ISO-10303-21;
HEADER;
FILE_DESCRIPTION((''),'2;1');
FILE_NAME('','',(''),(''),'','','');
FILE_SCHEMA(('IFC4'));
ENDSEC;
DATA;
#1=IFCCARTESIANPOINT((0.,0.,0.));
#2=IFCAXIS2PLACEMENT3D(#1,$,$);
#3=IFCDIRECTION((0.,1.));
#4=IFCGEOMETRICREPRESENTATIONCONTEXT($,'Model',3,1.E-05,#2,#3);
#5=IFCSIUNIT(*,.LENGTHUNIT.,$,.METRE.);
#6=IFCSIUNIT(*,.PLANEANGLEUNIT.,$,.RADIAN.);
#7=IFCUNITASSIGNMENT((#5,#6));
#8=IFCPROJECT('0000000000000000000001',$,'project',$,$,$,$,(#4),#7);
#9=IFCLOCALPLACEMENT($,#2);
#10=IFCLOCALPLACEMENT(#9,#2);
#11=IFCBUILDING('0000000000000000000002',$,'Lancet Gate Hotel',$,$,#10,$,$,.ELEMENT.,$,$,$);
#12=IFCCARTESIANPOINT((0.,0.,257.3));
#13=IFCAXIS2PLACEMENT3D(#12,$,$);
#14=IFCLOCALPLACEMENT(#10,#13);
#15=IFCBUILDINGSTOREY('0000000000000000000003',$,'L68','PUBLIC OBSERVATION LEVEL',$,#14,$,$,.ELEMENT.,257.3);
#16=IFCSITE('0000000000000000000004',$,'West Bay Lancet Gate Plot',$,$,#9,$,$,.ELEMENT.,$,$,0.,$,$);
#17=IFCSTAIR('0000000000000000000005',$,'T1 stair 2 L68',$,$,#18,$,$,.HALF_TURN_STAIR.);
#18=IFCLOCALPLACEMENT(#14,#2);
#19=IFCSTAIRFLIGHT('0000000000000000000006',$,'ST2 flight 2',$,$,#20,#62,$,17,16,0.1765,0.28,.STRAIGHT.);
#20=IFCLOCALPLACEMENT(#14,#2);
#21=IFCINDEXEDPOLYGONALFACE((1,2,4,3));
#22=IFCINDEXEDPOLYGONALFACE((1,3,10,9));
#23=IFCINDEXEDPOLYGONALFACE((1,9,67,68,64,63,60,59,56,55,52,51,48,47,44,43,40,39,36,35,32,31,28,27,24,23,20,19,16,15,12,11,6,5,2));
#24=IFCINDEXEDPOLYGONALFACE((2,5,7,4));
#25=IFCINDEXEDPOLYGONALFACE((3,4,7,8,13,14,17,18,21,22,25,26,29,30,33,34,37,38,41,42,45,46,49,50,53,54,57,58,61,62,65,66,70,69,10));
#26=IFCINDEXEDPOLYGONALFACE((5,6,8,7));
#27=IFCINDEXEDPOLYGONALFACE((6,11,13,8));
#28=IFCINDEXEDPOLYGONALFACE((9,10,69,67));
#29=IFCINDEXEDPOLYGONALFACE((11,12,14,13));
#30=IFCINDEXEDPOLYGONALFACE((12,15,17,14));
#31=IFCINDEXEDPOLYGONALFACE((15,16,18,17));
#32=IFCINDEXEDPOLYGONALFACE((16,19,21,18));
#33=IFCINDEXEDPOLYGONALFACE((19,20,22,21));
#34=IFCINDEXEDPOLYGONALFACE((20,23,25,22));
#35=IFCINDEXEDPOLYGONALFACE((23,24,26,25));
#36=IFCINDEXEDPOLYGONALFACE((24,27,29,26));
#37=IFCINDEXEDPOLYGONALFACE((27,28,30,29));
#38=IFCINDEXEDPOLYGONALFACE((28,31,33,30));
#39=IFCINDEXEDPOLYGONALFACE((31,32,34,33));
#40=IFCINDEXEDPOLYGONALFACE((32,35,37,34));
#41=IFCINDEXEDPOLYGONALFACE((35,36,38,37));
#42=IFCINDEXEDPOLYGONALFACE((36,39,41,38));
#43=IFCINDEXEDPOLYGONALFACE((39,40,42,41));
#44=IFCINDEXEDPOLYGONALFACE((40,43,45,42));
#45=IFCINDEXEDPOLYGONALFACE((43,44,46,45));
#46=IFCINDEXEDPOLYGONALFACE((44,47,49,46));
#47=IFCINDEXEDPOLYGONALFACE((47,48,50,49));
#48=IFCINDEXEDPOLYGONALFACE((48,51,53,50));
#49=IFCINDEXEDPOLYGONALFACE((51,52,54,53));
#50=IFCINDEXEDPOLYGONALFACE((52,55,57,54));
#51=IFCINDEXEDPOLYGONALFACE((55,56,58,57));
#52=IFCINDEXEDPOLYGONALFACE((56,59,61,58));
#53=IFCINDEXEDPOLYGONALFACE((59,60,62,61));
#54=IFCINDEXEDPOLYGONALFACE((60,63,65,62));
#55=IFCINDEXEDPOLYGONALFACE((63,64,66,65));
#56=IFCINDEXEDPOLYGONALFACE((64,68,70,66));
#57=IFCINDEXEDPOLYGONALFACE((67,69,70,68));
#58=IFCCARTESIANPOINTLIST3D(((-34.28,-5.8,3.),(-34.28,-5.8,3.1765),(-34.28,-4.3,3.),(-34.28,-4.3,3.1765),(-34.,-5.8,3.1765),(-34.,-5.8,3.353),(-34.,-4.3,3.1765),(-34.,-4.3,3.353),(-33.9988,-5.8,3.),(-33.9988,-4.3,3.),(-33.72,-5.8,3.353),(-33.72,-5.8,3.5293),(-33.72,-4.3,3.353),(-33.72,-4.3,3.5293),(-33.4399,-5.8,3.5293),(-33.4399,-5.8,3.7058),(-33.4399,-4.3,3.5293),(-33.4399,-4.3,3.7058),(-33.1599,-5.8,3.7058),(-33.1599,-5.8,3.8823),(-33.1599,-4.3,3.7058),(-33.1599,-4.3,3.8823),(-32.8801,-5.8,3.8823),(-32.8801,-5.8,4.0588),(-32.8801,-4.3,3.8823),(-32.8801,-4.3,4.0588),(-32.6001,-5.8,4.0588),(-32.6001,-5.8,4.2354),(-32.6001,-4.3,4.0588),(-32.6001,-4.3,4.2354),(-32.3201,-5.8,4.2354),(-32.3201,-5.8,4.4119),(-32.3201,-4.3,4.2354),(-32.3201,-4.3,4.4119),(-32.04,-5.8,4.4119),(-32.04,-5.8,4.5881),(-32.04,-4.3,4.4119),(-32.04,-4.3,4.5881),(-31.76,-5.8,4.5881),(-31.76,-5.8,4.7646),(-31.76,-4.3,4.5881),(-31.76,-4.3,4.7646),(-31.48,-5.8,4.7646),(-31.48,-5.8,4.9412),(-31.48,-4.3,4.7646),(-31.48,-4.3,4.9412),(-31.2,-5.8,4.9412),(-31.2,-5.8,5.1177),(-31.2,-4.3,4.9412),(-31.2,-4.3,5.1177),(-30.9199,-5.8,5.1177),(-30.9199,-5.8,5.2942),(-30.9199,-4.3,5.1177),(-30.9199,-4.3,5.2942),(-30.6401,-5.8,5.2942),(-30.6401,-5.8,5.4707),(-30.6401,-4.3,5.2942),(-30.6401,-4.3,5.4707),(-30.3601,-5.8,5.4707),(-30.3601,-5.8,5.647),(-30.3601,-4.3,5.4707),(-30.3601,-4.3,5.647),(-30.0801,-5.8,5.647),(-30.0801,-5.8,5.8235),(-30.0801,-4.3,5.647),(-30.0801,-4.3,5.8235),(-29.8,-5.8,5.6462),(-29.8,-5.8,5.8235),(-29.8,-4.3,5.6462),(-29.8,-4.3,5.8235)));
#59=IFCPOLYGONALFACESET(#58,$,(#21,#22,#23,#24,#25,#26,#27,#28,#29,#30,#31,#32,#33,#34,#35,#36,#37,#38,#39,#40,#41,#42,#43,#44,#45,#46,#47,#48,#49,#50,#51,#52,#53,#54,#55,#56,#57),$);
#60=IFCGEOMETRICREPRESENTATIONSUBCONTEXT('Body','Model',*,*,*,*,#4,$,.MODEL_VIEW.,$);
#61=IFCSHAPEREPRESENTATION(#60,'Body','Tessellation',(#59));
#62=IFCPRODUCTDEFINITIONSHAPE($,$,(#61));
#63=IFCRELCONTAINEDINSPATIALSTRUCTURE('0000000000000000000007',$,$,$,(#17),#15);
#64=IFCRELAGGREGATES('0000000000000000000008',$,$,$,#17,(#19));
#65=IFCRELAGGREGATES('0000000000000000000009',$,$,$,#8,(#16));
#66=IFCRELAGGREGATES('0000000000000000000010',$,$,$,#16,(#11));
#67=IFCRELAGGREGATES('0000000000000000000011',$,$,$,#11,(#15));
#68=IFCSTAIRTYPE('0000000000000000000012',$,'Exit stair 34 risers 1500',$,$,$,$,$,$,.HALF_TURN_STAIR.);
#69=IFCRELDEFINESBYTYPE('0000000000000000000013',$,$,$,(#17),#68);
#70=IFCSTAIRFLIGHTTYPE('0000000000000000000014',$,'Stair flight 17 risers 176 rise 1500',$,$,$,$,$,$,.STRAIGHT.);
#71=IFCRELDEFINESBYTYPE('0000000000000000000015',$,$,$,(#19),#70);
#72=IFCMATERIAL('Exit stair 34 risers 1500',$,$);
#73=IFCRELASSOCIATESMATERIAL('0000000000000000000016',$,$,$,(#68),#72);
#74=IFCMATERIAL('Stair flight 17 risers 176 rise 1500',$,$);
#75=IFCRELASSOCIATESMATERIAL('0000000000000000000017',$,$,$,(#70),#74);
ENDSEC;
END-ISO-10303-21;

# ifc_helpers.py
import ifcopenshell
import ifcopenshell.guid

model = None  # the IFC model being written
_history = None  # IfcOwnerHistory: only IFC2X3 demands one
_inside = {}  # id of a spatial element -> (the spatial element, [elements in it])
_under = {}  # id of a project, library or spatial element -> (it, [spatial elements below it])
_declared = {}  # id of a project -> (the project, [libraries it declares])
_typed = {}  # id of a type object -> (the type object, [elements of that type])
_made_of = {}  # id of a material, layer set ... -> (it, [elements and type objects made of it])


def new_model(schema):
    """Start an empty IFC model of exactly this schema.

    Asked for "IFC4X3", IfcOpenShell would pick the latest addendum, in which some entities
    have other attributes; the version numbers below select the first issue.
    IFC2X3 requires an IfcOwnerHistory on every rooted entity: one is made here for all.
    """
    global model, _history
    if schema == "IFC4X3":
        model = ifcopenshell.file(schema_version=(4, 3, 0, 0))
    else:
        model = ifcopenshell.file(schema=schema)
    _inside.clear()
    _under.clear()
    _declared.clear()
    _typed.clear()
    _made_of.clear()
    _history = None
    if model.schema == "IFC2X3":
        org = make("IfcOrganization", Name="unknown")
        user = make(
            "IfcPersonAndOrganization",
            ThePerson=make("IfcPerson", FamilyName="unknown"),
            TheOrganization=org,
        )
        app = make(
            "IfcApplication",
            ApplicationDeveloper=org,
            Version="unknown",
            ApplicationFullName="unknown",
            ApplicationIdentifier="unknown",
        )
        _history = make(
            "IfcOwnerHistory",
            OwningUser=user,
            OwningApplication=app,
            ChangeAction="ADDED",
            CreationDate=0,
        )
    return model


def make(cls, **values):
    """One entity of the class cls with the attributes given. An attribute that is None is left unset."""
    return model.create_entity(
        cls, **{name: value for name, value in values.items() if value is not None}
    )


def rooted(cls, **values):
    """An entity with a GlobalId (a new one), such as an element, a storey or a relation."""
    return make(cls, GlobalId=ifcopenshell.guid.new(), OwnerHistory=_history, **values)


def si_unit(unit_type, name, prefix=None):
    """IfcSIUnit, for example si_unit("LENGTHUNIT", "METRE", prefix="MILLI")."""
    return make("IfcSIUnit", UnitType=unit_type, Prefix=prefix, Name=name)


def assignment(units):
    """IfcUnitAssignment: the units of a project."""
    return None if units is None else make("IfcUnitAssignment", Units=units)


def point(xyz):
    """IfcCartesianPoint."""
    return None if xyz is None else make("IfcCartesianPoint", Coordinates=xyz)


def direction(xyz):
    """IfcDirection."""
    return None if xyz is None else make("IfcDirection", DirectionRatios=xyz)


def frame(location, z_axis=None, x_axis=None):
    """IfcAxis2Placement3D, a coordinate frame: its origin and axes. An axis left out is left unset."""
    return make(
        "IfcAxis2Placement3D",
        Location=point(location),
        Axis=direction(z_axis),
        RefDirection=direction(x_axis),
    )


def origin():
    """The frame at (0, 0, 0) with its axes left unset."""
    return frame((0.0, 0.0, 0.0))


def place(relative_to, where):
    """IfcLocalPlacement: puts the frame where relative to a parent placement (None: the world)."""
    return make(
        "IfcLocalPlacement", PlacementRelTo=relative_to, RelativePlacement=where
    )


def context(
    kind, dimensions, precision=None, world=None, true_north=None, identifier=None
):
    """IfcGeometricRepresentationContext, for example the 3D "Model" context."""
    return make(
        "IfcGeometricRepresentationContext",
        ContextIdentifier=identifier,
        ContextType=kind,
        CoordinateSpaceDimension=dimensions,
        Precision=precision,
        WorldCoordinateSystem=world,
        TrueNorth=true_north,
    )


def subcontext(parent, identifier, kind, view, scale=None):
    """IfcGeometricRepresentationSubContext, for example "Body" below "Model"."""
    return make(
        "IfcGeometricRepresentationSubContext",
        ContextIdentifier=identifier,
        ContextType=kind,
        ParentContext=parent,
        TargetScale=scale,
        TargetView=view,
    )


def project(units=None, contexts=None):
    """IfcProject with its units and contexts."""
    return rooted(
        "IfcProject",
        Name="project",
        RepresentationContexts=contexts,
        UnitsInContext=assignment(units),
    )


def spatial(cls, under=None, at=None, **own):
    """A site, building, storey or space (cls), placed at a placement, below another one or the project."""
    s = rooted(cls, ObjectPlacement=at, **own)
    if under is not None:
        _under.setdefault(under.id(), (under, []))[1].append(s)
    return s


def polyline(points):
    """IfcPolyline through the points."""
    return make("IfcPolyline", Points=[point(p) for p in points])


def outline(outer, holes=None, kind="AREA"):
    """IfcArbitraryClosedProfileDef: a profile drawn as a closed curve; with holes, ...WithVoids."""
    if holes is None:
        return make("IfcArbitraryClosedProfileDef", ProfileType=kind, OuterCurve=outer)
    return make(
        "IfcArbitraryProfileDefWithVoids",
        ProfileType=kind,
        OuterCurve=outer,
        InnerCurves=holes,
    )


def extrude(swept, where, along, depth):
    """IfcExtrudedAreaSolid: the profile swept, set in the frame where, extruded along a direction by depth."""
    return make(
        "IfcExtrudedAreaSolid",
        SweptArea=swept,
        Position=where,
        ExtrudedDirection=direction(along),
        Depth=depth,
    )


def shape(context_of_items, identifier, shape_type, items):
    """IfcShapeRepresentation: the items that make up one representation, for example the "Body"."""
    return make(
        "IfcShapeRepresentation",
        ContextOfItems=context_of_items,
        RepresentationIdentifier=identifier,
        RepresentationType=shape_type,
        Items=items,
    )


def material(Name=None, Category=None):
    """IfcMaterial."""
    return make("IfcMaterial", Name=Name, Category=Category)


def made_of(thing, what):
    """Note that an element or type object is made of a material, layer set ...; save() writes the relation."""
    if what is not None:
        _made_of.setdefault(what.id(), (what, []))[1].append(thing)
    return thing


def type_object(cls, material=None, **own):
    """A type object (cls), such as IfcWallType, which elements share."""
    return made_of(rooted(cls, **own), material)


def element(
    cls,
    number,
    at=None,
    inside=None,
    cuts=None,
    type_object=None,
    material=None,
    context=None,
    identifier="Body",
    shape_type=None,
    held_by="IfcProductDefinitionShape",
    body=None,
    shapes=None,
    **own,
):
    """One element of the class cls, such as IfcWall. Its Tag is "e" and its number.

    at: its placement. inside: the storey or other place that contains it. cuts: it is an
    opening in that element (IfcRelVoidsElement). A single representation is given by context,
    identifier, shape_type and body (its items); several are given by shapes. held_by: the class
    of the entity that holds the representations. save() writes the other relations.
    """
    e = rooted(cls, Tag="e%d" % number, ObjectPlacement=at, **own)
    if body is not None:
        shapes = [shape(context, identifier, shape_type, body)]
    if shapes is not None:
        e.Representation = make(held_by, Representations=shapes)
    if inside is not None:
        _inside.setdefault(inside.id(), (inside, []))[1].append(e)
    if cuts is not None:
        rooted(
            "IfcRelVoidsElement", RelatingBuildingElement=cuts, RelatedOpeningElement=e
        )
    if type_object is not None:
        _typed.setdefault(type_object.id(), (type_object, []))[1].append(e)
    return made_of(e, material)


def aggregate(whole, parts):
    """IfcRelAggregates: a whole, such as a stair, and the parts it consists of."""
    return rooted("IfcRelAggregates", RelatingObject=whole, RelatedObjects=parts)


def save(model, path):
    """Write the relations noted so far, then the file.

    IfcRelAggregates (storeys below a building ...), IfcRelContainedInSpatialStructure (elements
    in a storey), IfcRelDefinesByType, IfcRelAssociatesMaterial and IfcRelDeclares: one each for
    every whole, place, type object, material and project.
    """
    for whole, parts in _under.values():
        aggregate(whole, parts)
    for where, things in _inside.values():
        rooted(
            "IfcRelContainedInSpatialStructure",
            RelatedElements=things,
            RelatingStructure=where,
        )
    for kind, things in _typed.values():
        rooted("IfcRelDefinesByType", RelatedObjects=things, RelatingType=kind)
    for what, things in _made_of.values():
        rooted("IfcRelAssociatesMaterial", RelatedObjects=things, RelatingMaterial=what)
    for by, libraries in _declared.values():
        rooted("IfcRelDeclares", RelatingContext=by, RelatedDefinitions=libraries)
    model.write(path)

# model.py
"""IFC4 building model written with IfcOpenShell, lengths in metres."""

from ifc_helpers import new_model, si_unit, direction, frame, origin, place, context, subcontext, project, spatial, polyline, outline, extrude, material, type_object, element, aggregate, save


model = new_model("IFC4")

# Units and contexts
model_context = context("Model", 3, precision=1e-05, world=origin(), true_north=direction((0.0, 1.0)))
body_context = subcontext(model_context, "Body", "Model", "MODEL_VIEW")
ifc_project = project(units=[si_unit("LENGTHUNIT", "METRE"), si_unit("PLANEANGLEUNIT", "RADIAN")], contexts=[model_context])

# Site, building, storey
site_placement = place(None, origin())
site = spatial("IfcSite", under=ifc_project, at=site_placement, Name="West Bay Lancet Gate Plot", CompositionType="ELEMENT", RefElevation=0.0)
building_placement = place(site_placement, origin())
building = spatial("IfcBuilding", under=site, at=building_placement, Name="Lancet Gate Hotel", CompositionType="ELEMENT")
storey_placement = place(building_placement, frame((0.0, 0.0, 257.3)))
storey = spatial("IfcBuildingStorey", under=building, at=storey_placement, Name="L68", Description="PUBLIC OBSERVATION LEVEL", CompositionType="ELEMENT", Elevation=257.3)

# Stair, stair flight
ifc_material_1 = material(Name="Exit stair 34 risers 1500")
stair_type = type_object("IfcStairType", Name="Exit stair 34 risers 1500", PredefinedType="HALF_TURN_STAIR", material=ifc_material_1)
stair_placement = place(storey_placement, origin())
stair = element("IfcStair", 1, at=stair_placement, inside=storey, type_object=stair_type, Name="T1 stair 2 L68", PredefinedType="HALF_TURN_STAIR")
ifc_material_2 = material(Name="Stair flight 17 risers 176 rise 1500")
stair_flight_type = type_object("IfcStairFlightType", Name="Stair flight 17 risers 176 rise 1500", PredefinedType="STRAIGHT", material=ifc_material_2)
stair_flight_1_placement = place(storey_placement, frame((-34.28, -5.05, 3.0), z_axis=(0.0, 0.0, 1.0), x_axis=(1.0, 0.0, 0.0)))
stair_flight_1 = element("IfcStairFlight", 2, at=stair_flight_1_placement, type_object=stair_flight_type, Name="ST2 flight 2", NumberOfRisers=17, NumberOfTreads=16, PredefinedType="STRAIGHT", RiserHeight=0.1765, TreadLength=0.28, context=body_context, shape_type="SweptSolid", body=[
    extrude(outline(polyline([(0.0, 0.0), (0.0, 0.1765), (0.28, 0.1765), (0.28, 0.353), (0.5601, 0.353), (0.5601, 0.5293), (0.8401, 0.5293), (0.8401, 0.7058), (1.1201, 0.7058), (1.1201, 0.8823), (1.3999, 0.8823), (1.3999, 1.0588), (1.6799, 1.0588), (1.6799, 1.2354), (1.96, 1.2354), (1.96, 1.4119), (2.24, 1.4119), (2.24, 1.5881), (2.52, 1.5881), (2.52, 1.7646), (2.8, 1.7646), (2.8, 1.9412), (3.0801, 1.9412), (3.0801, 2.1177), (3.3601, 2.1177), (3.3601, 2.2942), (3.6399, 2.2942), (3.6399, 2.4707), (3.9199, 2.4707), (3.9199, 2.647), (4.2, 2.647), (4.2, 2.8235), (4.48, 2.8235), (4.48, 3.0), (4.48, 2.6462), (0.2812, 0.0), (0.0, 0.0)])), frame((0.0, 0.75, 0.0), z_axis=(0.0, -1.0, 0.0), x_axis=(1.0, 0.0, 0.0)), (0.0, 0.0, 1.0), 1.5),
])
aggregate(stair, [stair_flight_1])

save(model, "model.ifc")
